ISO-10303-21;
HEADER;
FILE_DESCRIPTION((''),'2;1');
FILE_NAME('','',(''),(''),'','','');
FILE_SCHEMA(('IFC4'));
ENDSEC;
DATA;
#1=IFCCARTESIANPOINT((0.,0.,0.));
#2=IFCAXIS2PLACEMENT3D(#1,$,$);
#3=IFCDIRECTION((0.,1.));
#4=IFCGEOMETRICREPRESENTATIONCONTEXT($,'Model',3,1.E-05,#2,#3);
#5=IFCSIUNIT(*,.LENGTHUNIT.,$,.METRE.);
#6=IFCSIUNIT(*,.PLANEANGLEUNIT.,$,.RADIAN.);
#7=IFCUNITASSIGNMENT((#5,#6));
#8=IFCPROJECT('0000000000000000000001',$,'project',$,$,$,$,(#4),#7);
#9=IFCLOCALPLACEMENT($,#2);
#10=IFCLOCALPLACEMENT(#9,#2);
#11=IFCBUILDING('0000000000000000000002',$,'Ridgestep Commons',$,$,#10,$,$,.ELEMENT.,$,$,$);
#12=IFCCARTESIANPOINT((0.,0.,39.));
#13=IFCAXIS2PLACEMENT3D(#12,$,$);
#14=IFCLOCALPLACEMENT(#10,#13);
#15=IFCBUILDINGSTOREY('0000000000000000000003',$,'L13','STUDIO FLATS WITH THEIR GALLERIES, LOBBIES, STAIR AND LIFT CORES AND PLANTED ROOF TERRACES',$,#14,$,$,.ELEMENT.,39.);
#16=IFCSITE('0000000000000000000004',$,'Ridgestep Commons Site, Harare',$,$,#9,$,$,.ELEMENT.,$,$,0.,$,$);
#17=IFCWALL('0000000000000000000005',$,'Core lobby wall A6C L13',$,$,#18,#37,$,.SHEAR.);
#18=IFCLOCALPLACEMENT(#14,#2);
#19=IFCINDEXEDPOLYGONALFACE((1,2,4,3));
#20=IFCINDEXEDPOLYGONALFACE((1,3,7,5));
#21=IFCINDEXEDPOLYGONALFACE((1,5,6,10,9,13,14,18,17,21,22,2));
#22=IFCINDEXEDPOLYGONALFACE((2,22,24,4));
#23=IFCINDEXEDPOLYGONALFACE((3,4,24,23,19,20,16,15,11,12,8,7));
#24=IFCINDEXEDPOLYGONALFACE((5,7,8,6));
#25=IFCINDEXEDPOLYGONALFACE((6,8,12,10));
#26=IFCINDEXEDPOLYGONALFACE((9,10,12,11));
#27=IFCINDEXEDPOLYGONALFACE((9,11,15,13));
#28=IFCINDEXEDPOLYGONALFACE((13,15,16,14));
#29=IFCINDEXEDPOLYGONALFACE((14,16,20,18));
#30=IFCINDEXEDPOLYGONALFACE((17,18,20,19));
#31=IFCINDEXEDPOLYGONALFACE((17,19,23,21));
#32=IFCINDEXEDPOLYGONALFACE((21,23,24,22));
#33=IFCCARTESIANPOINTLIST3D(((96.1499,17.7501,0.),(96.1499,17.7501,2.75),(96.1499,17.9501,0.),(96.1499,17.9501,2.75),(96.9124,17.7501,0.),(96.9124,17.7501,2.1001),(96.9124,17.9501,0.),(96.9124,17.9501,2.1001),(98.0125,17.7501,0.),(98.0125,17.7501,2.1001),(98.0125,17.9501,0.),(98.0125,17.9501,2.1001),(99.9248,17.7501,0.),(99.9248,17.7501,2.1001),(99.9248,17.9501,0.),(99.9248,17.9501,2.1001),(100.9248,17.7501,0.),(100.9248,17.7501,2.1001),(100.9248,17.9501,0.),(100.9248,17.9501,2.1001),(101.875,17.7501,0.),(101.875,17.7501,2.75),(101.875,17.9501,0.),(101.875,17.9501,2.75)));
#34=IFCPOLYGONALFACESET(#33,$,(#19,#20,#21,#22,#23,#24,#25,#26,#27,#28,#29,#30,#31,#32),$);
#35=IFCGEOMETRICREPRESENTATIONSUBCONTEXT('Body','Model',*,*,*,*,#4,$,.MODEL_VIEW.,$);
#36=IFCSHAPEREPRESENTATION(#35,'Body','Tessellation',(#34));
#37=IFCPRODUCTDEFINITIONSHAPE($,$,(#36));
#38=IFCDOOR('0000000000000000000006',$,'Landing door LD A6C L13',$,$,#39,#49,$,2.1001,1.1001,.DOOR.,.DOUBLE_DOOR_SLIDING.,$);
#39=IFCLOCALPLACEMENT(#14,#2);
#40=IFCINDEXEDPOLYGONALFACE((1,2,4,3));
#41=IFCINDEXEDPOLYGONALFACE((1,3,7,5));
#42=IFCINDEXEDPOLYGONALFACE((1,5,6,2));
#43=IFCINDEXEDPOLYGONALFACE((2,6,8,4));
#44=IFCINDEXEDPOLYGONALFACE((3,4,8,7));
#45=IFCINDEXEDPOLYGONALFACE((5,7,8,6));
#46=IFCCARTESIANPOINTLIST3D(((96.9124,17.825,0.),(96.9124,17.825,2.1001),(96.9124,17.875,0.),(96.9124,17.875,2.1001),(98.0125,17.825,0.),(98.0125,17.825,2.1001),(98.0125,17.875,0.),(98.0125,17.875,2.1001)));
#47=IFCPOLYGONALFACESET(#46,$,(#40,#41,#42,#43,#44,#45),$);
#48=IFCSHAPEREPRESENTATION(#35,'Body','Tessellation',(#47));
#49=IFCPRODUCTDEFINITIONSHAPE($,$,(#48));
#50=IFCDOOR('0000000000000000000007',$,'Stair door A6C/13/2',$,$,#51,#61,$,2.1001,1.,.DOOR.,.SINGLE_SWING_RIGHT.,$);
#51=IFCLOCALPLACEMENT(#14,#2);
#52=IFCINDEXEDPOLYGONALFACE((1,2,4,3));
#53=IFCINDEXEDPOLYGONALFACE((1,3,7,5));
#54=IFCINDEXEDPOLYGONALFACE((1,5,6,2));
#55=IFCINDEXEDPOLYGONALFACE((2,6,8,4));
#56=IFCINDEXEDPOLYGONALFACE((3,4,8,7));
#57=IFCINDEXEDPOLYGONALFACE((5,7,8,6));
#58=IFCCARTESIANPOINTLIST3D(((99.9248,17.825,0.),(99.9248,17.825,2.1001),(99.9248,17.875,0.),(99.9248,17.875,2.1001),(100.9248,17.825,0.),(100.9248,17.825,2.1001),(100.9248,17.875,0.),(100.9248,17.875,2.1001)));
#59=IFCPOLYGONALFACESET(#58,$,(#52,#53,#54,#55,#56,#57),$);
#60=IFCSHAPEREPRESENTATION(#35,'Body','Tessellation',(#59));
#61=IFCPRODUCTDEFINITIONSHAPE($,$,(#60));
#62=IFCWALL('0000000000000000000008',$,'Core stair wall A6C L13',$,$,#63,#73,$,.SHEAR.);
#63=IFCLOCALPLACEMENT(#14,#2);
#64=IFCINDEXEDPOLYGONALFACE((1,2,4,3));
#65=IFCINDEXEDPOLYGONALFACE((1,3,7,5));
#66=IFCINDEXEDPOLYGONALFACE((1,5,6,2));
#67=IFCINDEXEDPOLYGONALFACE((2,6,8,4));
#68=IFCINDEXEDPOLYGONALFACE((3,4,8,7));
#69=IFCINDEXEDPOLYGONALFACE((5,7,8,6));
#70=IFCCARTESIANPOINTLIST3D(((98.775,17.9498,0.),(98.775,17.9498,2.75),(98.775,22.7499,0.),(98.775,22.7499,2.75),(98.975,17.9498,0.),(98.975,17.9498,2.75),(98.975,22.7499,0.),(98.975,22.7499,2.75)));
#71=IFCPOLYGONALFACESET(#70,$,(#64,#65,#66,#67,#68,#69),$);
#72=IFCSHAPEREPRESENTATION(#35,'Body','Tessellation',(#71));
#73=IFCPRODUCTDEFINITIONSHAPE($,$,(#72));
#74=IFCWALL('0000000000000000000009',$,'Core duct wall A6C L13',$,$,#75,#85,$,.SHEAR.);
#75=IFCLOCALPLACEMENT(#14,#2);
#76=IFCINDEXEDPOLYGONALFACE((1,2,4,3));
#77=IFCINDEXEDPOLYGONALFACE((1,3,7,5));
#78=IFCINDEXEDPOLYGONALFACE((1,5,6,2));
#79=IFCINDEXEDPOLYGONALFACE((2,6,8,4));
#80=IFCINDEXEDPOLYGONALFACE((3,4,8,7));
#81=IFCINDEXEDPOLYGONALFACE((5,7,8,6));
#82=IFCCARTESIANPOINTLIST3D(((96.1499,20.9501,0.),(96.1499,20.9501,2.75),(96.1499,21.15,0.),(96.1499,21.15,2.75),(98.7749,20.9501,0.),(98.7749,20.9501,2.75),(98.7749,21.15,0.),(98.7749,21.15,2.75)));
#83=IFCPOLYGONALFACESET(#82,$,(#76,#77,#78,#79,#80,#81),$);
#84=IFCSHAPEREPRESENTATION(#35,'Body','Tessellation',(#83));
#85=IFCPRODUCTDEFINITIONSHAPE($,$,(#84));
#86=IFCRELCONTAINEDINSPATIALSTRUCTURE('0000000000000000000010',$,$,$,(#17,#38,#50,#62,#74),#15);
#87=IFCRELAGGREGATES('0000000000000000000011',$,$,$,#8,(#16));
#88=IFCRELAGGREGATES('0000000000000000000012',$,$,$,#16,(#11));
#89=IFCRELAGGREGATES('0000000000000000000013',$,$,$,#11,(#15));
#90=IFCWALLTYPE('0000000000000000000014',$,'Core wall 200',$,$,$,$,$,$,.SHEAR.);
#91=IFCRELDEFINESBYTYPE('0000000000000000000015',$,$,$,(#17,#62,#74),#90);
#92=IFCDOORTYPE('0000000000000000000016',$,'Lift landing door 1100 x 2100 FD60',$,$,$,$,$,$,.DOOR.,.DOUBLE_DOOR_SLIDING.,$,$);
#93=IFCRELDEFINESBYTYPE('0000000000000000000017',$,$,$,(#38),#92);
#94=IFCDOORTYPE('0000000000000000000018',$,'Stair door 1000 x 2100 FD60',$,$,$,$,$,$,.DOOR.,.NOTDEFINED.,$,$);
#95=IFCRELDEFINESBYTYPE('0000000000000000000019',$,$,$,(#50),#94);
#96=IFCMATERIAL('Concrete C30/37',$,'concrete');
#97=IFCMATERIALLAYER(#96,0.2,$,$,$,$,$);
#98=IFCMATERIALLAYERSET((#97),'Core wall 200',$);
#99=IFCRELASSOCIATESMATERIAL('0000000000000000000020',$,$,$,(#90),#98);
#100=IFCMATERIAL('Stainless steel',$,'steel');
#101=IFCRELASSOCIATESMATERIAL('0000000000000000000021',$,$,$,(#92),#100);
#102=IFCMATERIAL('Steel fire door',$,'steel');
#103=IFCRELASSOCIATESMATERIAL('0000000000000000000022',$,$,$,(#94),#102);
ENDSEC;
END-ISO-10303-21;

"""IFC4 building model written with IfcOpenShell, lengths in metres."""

from ifc_helpers import new_model, si_unit, direction, frame, frame_2d, origin, place, context, subcontext, project, spatial, rectangle, extrude, material, layer, layer_set, type_object, element, fill, save


model = new_model("IFC4")

# Units and contexts
model_context = context("Model", 3, precision=1e-05, world=origin(), true_north=direction((0.0, 1.0)))
body_context = subcontext(model_context, "Body", "Model", "MODEL_VIEW")
ifc_project = project(units=[si_unit("LENGTHUNIT", "METRE"), si_unit("PLANEANGLEUNIT", "RADIAN")], contexts=[model_context])

# Site, building, storey
site_placement = place(None, origin())
site = spatial("IfcSite", under=ifc_project, at=site_placement, Name="Ridgestep Commons Site, Harare", CompositionType="ELEMENT", RefElevation=0.0)
building_placement = place(site_placement, origin())
building = spatial("IfcBuilding", under=site, at=building_placement, Name="Ridgestep Commons", CompositionType="ELEMENT")
storey_placement = place(building_placement, frame((0.0, 0.0, 39.0)))
storey = spatial("IfcBuildingStorey", under=building, at=storey_placement, Name="L13", Description="STUDIO FLATS WITH THEIR GALLERIES, LOBBIES, STAIR AND LIFT CORES AND PLANTED ROOF TERRACES", CompositionType="ELEMENT", Elevation=39.0)

# Wall, openings, doors
ifc_material_1 = material(Name="Concrete C30/37", Category="concrete")
ifc_layer_1 = layer(ifc_material_1, 0.2)
ifc_layer_set_1 = layer_set([ifc_layer_1], Name="Core wall 200")
wall_type_1 = type_object("IfcWallType", Name="Core wall 200", PredefinedType="SHEAR", material=ifc_layer_set_1)
wall_1_placement = place(storey_placement, frame((96.1499, 17.8501, 0.0), z_axis=(0.0, 0.0, 1.0), x_axis=(1.0, 0.0, 0.0)))
wall_1 = element("IfcWall", 1, at=wall_1_placement, inside=storey, type_object=wall_type_1, Name="Core lobby wall A6C L13", PredefinedType="SHEAR", context=body_context, shape_type="SweptSolid", body=[
    extrude(rectangle(XDim=5.7251, YDim=0.2, at=frame_2d((2.8625, 0.0))), origin(), (0.0, 0.0, 1.0), 2.75),
])
opening_1_placement = place(wall_1_placement, frame((3.7749, 0.0, 0.0)))
opening_1 = element("IfcOpeningElement", 2, at=opening_1_placement, cuts=wall_1, PredefinedType="OPENING", context=body_context, shape_type="SweptSolid", body=[
    extrude(rectangle(XDim=1.0, YDim=2.1001, at=frame_2d((0.5, 1.05))), frame((0.0, 0.1099, 0.0), z_axis=(0.0, -1.0, 0.0), x_axis=(1.0, 0.0, 0.0)), (0.0, 0.0, 1.0), 0.22),
])
opening_2_placement = place(wall_1_placement, frame((0.7625, 0.0, 0.0)))
opening_2 = element("IfcOpeningElement", 3, at=opening_2_placement, cuts=wall_1, PredefinedType="OPENING", context=body_context, shape_type="SweptSolid", body=[
    extrude(rectangle(XDim=1.1001, YDim=2.1001, at=frame_2d((0.55, 1.05))), frame((0.0, 0.1099, 0.0), z_axis=(0.0, -1.0, 0.0), x_axis=(1.0, 0.0, 0.0)), (0.0, 0.0, 1.0), 0.22),
])
ifc_material_2 = material(Name="Stainless steel", Category="steel")
door_type_1 = type_object("IfcDoorType", Name="Lift landing door 1100 x 2100 FD60", OperationType="DOUBLE_DOOR_SLIDING", PredefinedType="DOOR", material=ifc_material_2)
door_1_placement = place(opening_2_placement, origin())
door_1 = element("IfcDoor", 4, at=door_1_placement, inside=storey, type_object=door_type_1, Name="Landing door LD A6C L13", OperationType="DOUBLE_DOOR_SLIDING", OverallHeight=2.1001, OverallWidth=1.1001, PredefinedType="DOOR", context=body_context, shape_type="SweptSolid", body=[
    extrude(rectangle(XDim=1.1001, YDim=2.1001, at=frame_2d((0.55, 1.05))), frame((0.0, 0.0249, 0.0), z_axis=(0.0, -1.0, 0.0), x_axis=(1.0, 0.0, 0.0)), (0.0, 0.0, 1.0), 0.05),
])
fill(opening_2, door_1)
ifc_material_3 = material(Name="Steel fire door", Category="steel")
door_type_2 = type_object("IfcDoorType", Name="Stair door 1000 x 2100 FD60", OperationType="NOTDEFINED", PredefinedType="DOOR", material=ifc_material_3)
door_2_placement = place(opening_1_placement, origin())
door_2 = element("IfcDoor", 5, at=door_2_placement, inside=storey, type_object=door_type_2, Name="Stair door A6C/13/2", OperationType="SINGLE_SWING_RIGHT", OverallHeight=2.1001, OverallWidth=1.0, PredefinedType="DOOR", context=body_context, shape_type="SweptSolid", body=[
    extrude(rectangle(XDim=1.0, YDim=2.1001, at=frame_2d((0.5, 1.05))), frame((0.0, 0.0249, 0.0), z_axis=(0.0, -1.0, 0.0), x_axis=(1.0, 0.0, 0.0)), (0.0, 0.0, 1.0), 0.05),
])
fill(opening_1, door_2)

# Walls
wall_2_placement = place(storey_placement, frame((98.875, 17.95, 0.0), z_axis=(0.0, 0.0, 1.0), x_axis=(0.0, 1.0, 0.0)))
element("IfcWall", 6, at=wall_2_placement, inside=storey, type_object=wall_type_1, Name="Core stair wall A6C L13", PredefinedType="SHEAR", context=body_context, shape_type="SweptSolid", body=[
    extrude(rectangle(XDim=4.8, YDim=0.2, at=frame_2d((2.3999, 0.0))), origin(), (0.0, 0.0, 1.0), 2.75),
])
wall_3_placement = place(storey_placement, frame((96.1499, 21.05, 0.0), z_axis=(0.0, 0.0, 1.0), x_axis=(1.0, 0.0, 0.0)))
element("IfcWall", 7, at=wall_3_placement, inside=storey, type_object=wall_type_1, Name="Core duct wall A6C L13", PredefinedType="SHEAR", context=body_context, shape_type="SweptSolid", body=[
    extrude(rectangle(XDim=2.625, YDim=0.2, at=frame_2d((1.3125, 0.0))), origin(), (0.0, 0.0, 1.0), 2.75),
])

save(model, "model.ifc")
